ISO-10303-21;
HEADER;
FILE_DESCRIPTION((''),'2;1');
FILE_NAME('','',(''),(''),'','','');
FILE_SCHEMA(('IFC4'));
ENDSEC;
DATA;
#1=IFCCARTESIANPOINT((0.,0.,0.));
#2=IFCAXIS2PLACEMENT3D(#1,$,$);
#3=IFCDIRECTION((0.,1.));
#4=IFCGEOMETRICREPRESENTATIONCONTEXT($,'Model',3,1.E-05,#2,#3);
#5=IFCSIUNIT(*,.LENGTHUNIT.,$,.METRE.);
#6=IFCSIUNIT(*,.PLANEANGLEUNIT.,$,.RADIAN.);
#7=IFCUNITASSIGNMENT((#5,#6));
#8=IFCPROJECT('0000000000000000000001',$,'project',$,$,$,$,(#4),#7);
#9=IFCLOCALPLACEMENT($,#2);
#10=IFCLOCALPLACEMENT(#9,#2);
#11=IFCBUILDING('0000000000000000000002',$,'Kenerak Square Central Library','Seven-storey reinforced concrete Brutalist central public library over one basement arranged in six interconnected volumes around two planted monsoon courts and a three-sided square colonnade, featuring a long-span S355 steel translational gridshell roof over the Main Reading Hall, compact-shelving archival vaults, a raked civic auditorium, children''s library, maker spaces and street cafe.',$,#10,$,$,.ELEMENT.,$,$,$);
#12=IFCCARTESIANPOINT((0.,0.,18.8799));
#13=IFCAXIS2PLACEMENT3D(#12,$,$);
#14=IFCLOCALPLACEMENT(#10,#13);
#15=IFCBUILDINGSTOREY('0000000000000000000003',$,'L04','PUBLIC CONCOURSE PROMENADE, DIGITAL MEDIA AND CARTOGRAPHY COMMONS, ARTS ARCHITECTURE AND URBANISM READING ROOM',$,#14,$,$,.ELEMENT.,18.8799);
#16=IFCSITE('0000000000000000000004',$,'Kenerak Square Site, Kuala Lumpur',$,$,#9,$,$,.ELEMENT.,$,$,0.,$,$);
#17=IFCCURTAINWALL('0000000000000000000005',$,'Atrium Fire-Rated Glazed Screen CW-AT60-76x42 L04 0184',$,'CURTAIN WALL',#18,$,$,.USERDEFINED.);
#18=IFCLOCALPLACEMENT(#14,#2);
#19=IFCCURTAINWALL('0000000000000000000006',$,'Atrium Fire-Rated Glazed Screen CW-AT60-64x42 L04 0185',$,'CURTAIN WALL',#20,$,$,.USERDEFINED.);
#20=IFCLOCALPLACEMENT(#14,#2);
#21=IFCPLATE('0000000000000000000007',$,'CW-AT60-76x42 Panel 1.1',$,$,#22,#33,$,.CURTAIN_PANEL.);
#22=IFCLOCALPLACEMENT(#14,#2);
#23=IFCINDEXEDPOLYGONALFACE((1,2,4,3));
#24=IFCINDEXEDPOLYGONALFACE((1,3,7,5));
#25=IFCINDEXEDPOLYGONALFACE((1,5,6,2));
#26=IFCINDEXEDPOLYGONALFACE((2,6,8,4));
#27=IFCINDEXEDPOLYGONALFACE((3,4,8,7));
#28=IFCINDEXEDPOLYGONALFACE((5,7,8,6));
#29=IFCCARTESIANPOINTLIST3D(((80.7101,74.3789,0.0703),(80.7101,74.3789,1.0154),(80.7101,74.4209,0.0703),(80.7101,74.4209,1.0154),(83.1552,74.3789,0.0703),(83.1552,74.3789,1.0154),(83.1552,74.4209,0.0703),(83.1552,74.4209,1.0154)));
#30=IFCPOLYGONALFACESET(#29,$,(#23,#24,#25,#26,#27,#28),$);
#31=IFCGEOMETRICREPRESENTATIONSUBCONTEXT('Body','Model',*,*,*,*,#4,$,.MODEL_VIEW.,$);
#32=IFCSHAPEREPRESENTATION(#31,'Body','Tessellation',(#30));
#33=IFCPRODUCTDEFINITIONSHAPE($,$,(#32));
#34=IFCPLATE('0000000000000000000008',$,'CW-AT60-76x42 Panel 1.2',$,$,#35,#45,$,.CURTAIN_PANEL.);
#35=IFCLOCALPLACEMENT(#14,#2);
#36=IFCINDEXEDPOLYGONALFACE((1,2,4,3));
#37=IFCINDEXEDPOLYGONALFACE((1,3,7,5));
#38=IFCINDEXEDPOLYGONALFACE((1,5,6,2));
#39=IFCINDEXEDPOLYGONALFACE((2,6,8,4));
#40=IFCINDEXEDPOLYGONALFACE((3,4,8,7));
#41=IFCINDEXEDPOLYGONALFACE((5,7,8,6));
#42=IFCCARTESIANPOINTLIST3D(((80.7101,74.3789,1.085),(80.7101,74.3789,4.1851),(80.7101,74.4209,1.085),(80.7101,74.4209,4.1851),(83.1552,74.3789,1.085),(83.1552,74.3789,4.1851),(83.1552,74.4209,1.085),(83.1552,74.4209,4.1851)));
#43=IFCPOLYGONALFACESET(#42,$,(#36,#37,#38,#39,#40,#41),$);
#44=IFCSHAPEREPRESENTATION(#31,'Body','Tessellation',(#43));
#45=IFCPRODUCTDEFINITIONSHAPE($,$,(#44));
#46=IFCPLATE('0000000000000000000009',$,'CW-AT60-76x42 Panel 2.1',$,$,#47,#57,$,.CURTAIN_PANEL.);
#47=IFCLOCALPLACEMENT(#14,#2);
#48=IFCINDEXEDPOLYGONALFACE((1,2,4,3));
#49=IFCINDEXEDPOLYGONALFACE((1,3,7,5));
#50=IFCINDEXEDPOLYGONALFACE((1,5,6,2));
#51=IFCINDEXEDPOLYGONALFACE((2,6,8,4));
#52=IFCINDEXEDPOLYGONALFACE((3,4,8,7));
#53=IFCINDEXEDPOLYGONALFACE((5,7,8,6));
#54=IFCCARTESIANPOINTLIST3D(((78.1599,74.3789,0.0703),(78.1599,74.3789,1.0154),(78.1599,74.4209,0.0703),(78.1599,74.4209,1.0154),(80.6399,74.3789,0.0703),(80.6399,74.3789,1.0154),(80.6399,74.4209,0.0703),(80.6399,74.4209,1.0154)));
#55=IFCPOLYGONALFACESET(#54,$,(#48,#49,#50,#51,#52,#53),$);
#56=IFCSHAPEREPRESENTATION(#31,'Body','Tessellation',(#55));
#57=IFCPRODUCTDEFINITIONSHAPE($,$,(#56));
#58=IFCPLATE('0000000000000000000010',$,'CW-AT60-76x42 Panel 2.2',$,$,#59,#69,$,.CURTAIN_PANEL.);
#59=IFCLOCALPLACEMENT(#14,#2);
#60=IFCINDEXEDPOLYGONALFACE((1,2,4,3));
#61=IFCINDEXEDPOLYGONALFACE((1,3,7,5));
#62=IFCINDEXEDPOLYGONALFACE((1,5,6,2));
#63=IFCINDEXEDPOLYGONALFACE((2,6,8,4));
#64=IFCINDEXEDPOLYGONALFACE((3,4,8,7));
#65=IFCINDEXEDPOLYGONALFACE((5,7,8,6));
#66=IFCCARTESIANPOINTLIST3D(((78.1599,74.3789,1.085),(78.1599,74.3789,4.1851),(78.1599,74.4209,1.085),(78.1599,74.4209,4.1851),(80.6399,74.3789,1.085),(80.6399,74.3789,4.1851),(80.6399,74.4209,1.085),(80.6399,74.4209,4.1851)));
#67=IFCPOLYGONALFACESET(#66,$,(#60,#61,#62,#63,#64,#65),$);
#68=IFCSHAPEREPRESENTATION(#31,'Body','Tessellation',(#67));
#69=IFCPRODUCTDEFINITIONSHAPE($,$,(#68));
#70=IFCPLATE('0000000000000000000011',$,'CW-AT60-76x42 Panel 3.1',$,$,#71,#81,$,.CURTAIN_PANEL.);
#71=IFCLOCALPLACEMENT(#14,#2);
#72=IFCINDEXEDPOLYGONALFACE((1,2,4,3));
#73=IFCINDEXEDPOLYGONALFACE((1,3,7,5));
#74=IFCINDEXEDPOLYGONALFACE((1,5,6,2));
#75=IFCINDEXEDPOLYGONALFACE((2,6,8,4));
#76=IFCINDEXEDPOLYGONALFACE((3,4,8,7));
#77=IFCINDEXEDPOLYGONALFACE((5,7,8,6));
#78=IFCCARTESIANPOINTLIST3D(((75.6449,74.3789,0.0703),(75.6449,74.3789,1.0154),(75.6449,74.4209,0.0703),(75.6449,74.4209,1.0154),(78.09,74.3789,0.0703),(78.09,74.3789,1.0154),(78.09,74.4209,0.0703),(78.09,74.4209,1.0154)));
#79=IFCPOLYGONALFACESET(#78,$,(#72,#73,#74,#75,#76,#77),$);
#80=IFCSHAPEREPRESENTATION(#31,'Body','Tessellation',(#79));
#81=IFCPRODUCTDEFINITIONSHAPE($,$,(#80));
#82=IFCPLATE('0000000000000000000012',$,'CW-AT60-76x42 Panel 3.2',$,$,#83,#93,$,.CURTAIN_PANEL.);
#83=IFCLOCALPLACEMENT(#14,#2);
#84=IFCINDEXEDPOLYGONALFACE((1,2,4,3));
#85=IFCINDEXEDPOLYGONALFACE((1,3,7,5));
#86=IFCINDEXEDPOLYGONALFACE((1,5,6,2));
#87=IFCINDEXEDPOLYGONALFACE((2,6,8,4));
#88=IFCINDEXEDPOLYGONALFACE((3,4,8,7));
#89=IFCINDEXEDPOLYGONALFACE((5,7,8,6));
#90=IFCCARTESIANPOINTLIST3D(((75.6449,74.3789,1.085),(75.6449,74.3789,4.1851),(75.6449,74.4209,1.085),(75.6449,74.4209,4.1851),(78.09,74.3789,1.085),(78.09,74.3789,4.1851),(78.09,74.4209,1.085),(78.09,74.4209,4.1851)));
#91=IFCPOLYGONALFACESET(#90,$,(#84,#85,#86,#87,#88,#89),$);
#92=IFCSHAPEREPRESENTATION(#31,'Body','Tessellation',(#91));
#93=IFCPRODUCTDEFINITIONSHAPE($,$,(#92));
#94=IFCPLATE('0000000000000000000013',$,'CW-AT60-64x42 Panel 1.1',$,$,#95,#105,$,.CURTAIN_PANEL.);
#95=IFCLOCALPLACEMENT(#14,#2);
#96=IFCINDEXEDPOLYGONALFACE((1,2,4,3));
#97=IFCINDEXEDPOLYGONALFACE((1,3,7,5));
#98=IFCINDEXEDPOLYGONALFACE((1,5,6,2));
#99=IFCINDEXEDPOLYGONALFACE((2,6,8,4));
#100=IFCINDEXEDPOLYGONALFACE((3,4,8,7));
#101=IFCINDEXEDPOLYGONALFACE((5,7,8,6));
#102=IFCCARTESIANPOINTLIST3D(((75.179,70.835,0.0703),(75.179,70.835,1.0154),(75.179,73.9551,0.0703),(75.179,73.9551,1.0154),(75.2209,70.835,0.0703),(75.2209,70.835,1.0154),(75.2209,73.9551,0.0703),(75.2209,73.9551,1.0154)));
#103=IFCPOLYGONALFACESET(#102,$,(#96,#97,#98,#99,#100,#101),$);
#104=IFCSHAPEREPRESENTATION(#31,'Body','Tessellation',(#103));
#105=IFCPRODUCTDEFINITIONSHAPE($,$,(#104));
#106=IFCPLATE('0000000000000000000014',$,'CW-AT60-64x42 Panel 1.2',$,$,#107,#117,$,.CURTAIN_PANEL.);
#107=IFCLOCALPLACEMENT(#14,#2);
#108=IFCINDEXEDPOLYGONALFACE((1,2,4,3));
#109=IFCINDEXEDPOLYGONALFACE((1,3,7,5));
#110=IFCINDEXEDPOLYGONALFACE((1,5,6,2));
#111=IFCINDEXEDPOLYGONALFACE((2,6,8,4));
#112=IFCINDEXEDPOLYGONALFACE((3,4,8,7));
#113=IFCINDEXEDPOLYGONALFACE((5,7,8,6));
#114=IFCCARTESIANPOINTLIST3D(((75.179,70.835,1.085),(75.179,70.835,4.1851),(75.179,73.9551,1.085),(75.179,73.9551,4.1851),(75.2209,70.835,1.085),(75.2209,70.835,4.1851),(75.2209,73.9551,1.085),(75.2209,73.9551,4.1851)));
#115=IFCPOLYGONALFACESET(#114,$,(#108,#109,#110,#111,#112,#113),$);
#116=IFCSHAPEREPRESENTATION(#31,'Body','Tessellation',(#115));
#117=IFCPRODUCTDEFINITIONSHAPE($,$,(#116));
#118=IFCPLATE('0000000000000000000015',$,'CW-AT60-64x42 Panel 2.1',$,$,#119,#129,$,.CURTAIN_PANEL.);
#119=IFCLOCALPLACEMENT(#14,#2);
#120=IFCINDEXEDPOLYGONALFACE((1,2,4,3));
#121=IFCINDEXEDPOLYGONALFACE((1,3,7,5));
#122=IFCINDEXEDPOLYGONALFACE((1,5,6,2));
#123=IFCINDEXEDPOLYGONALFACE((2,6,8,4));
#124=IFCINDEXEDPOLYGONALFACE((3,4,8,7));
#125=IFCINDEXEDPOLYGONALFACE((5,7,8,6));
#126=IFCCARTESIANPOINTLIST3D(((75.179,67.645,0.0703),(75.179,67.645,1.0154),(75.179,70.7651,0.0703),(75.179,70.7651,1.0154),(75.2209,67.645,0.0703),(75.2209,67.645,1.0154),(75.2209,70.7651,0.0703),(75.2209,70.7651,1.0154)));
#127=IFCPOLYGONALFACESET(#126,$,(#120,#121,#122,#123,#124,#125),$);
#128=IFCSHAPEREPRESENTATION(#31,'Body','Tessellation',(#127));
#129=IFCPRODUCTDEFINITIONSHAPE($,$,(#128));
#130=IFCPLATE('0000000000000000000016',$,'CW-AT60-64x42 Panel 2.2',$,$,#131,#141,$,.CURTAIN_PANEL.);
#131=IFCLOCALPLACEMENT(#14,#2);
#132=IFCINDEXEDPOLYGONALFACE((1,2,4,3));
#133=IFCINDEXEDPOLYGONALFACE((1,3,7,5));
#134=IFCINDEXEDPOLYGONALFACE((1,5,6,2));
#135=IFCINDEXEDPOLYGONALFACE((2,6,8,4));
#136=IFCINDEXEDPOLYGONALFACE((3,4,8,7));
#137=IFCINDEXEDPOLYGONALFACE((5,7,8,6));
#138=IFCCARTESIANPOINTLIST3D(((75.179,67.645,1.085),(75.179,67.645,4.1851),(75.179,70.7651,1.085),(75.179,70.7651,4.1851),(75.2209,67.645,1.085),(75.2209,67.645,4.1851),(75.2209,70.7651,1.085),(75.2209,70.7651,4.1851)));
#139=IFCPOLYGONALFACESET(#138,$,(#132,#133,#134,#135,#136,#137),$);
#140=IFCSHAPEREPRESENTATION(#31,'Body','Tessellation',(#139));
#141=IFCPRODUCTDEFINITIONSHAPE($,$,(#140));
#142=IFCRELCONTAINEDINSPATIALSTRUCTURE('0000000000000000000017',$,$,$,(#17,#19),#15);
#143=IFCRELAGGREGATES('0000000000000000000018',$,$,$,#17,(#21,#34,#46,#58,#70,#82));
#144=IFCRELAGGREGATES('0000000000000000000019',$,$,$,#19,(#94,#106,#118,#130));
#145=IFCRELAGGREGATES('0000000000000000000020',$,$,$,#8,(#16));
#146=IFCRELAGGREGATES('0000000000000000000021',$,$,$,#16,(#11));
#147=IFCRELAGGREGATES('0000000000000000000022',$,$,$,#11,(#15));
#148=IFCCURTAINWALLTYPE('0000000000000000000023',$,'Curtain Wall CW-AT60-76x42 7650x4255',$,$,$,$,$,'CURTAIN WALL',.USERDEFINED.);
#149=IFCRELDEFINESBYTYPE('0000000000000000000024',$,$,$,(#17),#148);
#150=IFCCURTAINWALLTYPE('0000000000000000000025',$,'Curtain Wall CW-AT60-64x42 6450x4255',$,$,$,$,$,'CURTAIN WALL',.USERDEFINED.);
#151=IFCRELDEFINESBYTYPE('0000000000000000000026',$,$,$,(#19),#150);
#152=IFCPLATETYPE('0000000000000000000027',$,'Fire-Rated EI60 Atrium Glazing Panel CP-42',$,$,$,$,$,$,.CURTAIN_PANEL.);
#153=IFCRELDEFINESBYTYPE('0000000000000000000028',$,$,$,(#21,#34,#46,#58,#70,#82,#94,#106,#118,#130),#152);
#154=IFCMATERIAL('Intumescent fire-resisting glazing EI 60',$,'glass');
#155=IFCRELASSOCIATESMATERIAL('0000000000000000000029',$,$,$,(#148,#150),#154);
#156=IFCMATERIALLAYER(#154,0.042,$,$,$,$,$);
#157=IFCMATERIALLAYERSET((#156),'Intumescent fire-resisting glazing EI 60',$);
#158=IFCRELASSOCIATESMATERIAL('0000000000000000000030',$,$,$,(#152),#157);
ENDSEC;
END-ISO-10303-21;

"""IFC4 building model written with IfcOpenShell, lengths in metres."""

from ifc_helpers import new_model, si_unit, direction, frame, origin, origin_2d, place, context, subcontext, project, spatial, rectangle, extrude, material, layer, layer_set, type_object, element, aggregate, save


model = new_model("IFC4")

# Units and contexts
model_context = context("Model", 3, precision=1e-05, world=origin(), true_north=direction((0.0, 1.0)))
body_context = subcontext(model_context, "Body", "Model", "MODEL_VIEW")
ifc_project = project(units=[si_unit("LENGTHUNIT", "METRE"), si_unit("PLANEANGLEUNIT", "RADIAN")], contexts=[model_context])

# Site, building, storey
site_placement = place(None, origin())
site = spatial("IfcSite", under=ifc_project, at=site_placement, Name="Kenerak Square Site, Kuala Lumpur", CompositionType="ELEMENT", RefElevation=0.0)
building_placement = place(site_placement, origin())
building = spatial("IfcBuilding", under=site, at=building_placement, Name="Kenerak Square Central Library", Description="Seven-storey reinforced concrete Brutalist central public library over one basement arranged in six interconnected volumes around two planted monsoon courts and a three-sided square colonnade, featuring a long-span S355 steel translational gridshell roof over the Main Reading Hall, compact-shelving archival vaults, a raked civic auditorium, children's library, maker spaces and street cafe.", CompositionType="ELEMENT")
storey_placement = place(building_placement, frame((0.0, 0.0, 18.8799)))
storey = spatial("IfcBuildingStorey", under=building, at=storey_placement, Name="L04", Description="PUBLIC CONCOURSE PROMENADE, DIGITAL MEDIA AND CARTOGRAPHY COMMONS, ARTS ARCHITECTURE AND URBANISM READING ROOM", CompositionType="ELEMENT", Elevation=18.8799)

# Curtain walls
ifc_material_1 = material(Name="Intumescent fire-resisting glazing EI 60", Category="glass")
curtain_wall_type_1 = type_object("IfcCurtainWallType", Name="Curtain Wall CW-AT60-76x42 7650x4255", ElementType="CURTAIN WALL", PredefinedType="USERDEFINED", material=ifc_material_1)
curtain_wall_1_placement = place(storey_placement, origin())
curtain_wall_1 = element("IfcCurtainWall", 1, at=curtain_wall_1_placement, inside=storey, type_object=curtain_wall_type_1, Name="Atrium Fire-Rated Glazed Screen CW-AT60-76x42 L04 0184", ObjectType="CURTAIN WALL", PredefinedType="USERDEFINED")
curtain_wall_type_2 = type_object("IfcCurtainWallType", Name="Curtain Wall CW-AT60-64x42 6450x4255", ElementType="CURTAIN WALL", PredefinedType="USERDEFINED", material=ifc_material_1)
curtain_wall_2_placement = place(storey_placement, origin())
curtain_wall_2 = element("IfcCurtainWall", 2, at=curtain_wall_2_placement, inside=storey, type_object=curtain_wall_type_2, Name="Atrium Fire-Rated Glazed Screen CW-AT60-64x42 L04 0185", ObjectType="CURTAIN WALL", PredefinedType="USERDEFINED")

# Plates
ifc_layer = layer(ifc_material_1, 0.042)
ifc_layer_set = layer_set([ifc_layer], Name="Intumescent fire-resisting glazing EI 60")
plate_type = type_object("IfcPlateType", Name="Fire-Rated EI60 Atrium Glazing Panel CP-42", PredefinedType="CURTAIN_PANEL", material=ifc_layer_set)
plate_1_placement = place(storey_placement, frame((81.9326, 74.3999, 0.0703), z_axis=(0.0, 0.0, 1.0), x_axis=(-1.0, 0.0, 0.0)))
plate_1 = element("IfcPlate", 3, at=plate_1_placement, type_object=plate_type, Name="CW-AT60-76x42 Panel 1.1", PredefinedType="CURTAIN_PANEL", context=body_context, shape_type="SweptSolid", body=[
    extrude(rectangle(XDim=2.4451, YDim=0.042, at=origin_2d()), origin(), (0.0, 0.0, 1.0), 0.9451),
])
plate_2_placement = place(storey_placement, frame((81.9326, 74.3999, 1.085), z_axis=(0.0, 0.0, 1.0), x_axis=(-1.0, 0.0, 0.0)))
plate_2 = element("IfcPlate", 4, at=plate_2_placement, type_object=plate_type, Name="CW-AT60-76x42 Panel 1.2", PredefinedType="CURTAIN_PANEL", context=body_context, shape_type="SweptSolid", body=[
    extrude(rectangle(XDim=2.4451, YDim=0.042, at=origin_2d()), origin(), (0.0, 0.0, 1.0), 3.1001),
])
plate_3_placement = place(storey_placement, frame((79.3999, 74.3999, 0.0703), z_axis=(0.0, 0.0, 1.0), x_axis=(-1.0, 0.0, 0.0)))
plate_3 = element("IfcPlate", 5, at=plate_3_placement, type_object=plate_type, Name="CW-AT60-76x42 Panel 2.1", PredefinedType="CURTAIN_PANEL", context=body_context, shape_type="SweptSolid", body=[
    extrude(rectangle(XDim=2.48, YDim=0.042, at=origin_2d()), origin(), (0.0, 0.0, 1.0), 0.9451),
])
plate_4_placement = place(storey_placement, frame((79.3999, 74.3999, 1.085), z_axis=(0.0, 0.0, 1.0), x_axis=(-1.0, 0.0, 0.0)))
plate_4 = element("IfcPlate", 6, at=plate_4_placement, type_object=plate_type, Name="CW-AT60-76x42 Panel 2.2", PredefinedType="CURTAIN_PANEL", context=body_context, shape_type="SweptSolid", body=[
    extrude(rectangle(XDim=2.48, YDim=0.042, at=origin_2d()), origin(), (0.0, 0.0, 1.0), 3.1001),
])
plate_5_placement = place(storey_placement, frame((76.8674, 74.3999, 0.0703), z_axis=(0.0, 0.0, 1.0), x_axis=(-1.0, 0.0, 0.0)))
plate_5 = element("IfcPlate", 7, at=plate_5_placement, type_object=plate_type, Name="CW-AT60-76x42 Panel 3.1", PredefinedType="CURTAIN_PANEL", context=body_context, shape_type="SweptSolid", body=[
    extrude(rectangle(XDim=2.4451, YDim=0.042, at=origin_2d()), origin(), (0.0, 0.0, 1.0), 0.9451),
])
plate_6_placement = place(storey_placement, frame((76.8674, 74.3999, 1.085), z_axis=(0.0, 0.0, 1.0), x_axis=(-1.0, 0.0, 0.0)))
plate_6 = element("IfcPlate", 8, at=plate_6_placement, type_object=plate_type, Name="CW-AT60-76x42 Panel 3.2", PredefinedType="CURTAIN_PANEL", context=body_context, shape_type="SweptSolid", body=[
    extrude(rectangle(XDim=2.4451, YDim=0.042, at=origin_2d()), origin(), (0.0, 0.0, 1.0), 3.1001),
])
aggregate(curtain_wall_1, [plate_1, plate_2, plate_3, plate_4, plate_5, plate_6])
plate_7_placement = place(storey_placement, frame((75.2, 72.395, 0.0703), z_axis=(0.0, 0.0, 1.0), x_axis=(0.0, -1.0, 0.0)))
plate_7 = element("IfcPlate", 9, at=plate_7_placement, type_object=plate_type, Name="CW-AT60-64x42 Panel 1.1", PredefinedType="CURTAIN_PANEL", context=body_context, shape_type="SweptSolid", body=[
    extrude(rectangle(XDim=3.1201, YDim=0.042, at=origin_2d()), origin(), (0.0, 0.0, 1.0), 0.9451),
])
plate_8_placement = place(storey_placement, frame((75.2, 72.395, 1.085), z_axis=(0.0, 0.0, 1.0), x_axis=(0.0, -1.0, 0.0)))
plate_8 = element("IfcPlate", 10, at=plate_8_placement, type_object=plate_type, Name="CW-AT60-64x42 Panel 1.2", PredefinedType="CURTAIN_PANEL", context=body_context, shape_type="SweptSolid", body=[
    extrude(rectangle(XDim=3.1201, YDim=0.042, at=origin_2d()), origin(), (0.0, 0.0, 1.0), 3.1001),
])
plate_9_placement = place(storey_placement, frame((75.2, 69.2051, 0.0703), z_axis=(0.0, 0.0, 1.0), x_axis=(0.0, -1.0, 0.0)))
plate_9 = element("IfcPlate", 11, at=plate_9_placement, type_object=plate_type, Name="CW-AT60-64x42 Panel 2.1", PredefinedType="CURTAIN_PANEL", context=body_context, shape_type="SweptSolid", body=[
    extrude(rectangle(XDim=3.1201, YDim=0.042, at=origin_2d()), origin(), (0.0, 0.0, 1.0), 0.9451),
])
plate_10_placement = place(storey_placement, frame((75.2, 69.2051, 1.085), z_axis=(0.0, 0.0, 1.0), x_axis=(0.0, -1.0, 0.0)))
plate_10 = element("IfcPlate", 12, at=plate_10_placement, type_object=plate_type, Name="CW-AT60-64x42 Panel 2.2", PredefinedType="CURTAIN_PANEL", context=body_context, shape_type="SweptSolid", body=[
    extrude(rectangle(XDim=3.1201, YDim=0.042, at=origin_2d()), origin(), (0.0, 0.0, 1.0), 3.1001),
])
aggregate(curtain_wall_2, [plate_7, plate_8, plate_9, plate_10])

save(model, "model.ifc")
